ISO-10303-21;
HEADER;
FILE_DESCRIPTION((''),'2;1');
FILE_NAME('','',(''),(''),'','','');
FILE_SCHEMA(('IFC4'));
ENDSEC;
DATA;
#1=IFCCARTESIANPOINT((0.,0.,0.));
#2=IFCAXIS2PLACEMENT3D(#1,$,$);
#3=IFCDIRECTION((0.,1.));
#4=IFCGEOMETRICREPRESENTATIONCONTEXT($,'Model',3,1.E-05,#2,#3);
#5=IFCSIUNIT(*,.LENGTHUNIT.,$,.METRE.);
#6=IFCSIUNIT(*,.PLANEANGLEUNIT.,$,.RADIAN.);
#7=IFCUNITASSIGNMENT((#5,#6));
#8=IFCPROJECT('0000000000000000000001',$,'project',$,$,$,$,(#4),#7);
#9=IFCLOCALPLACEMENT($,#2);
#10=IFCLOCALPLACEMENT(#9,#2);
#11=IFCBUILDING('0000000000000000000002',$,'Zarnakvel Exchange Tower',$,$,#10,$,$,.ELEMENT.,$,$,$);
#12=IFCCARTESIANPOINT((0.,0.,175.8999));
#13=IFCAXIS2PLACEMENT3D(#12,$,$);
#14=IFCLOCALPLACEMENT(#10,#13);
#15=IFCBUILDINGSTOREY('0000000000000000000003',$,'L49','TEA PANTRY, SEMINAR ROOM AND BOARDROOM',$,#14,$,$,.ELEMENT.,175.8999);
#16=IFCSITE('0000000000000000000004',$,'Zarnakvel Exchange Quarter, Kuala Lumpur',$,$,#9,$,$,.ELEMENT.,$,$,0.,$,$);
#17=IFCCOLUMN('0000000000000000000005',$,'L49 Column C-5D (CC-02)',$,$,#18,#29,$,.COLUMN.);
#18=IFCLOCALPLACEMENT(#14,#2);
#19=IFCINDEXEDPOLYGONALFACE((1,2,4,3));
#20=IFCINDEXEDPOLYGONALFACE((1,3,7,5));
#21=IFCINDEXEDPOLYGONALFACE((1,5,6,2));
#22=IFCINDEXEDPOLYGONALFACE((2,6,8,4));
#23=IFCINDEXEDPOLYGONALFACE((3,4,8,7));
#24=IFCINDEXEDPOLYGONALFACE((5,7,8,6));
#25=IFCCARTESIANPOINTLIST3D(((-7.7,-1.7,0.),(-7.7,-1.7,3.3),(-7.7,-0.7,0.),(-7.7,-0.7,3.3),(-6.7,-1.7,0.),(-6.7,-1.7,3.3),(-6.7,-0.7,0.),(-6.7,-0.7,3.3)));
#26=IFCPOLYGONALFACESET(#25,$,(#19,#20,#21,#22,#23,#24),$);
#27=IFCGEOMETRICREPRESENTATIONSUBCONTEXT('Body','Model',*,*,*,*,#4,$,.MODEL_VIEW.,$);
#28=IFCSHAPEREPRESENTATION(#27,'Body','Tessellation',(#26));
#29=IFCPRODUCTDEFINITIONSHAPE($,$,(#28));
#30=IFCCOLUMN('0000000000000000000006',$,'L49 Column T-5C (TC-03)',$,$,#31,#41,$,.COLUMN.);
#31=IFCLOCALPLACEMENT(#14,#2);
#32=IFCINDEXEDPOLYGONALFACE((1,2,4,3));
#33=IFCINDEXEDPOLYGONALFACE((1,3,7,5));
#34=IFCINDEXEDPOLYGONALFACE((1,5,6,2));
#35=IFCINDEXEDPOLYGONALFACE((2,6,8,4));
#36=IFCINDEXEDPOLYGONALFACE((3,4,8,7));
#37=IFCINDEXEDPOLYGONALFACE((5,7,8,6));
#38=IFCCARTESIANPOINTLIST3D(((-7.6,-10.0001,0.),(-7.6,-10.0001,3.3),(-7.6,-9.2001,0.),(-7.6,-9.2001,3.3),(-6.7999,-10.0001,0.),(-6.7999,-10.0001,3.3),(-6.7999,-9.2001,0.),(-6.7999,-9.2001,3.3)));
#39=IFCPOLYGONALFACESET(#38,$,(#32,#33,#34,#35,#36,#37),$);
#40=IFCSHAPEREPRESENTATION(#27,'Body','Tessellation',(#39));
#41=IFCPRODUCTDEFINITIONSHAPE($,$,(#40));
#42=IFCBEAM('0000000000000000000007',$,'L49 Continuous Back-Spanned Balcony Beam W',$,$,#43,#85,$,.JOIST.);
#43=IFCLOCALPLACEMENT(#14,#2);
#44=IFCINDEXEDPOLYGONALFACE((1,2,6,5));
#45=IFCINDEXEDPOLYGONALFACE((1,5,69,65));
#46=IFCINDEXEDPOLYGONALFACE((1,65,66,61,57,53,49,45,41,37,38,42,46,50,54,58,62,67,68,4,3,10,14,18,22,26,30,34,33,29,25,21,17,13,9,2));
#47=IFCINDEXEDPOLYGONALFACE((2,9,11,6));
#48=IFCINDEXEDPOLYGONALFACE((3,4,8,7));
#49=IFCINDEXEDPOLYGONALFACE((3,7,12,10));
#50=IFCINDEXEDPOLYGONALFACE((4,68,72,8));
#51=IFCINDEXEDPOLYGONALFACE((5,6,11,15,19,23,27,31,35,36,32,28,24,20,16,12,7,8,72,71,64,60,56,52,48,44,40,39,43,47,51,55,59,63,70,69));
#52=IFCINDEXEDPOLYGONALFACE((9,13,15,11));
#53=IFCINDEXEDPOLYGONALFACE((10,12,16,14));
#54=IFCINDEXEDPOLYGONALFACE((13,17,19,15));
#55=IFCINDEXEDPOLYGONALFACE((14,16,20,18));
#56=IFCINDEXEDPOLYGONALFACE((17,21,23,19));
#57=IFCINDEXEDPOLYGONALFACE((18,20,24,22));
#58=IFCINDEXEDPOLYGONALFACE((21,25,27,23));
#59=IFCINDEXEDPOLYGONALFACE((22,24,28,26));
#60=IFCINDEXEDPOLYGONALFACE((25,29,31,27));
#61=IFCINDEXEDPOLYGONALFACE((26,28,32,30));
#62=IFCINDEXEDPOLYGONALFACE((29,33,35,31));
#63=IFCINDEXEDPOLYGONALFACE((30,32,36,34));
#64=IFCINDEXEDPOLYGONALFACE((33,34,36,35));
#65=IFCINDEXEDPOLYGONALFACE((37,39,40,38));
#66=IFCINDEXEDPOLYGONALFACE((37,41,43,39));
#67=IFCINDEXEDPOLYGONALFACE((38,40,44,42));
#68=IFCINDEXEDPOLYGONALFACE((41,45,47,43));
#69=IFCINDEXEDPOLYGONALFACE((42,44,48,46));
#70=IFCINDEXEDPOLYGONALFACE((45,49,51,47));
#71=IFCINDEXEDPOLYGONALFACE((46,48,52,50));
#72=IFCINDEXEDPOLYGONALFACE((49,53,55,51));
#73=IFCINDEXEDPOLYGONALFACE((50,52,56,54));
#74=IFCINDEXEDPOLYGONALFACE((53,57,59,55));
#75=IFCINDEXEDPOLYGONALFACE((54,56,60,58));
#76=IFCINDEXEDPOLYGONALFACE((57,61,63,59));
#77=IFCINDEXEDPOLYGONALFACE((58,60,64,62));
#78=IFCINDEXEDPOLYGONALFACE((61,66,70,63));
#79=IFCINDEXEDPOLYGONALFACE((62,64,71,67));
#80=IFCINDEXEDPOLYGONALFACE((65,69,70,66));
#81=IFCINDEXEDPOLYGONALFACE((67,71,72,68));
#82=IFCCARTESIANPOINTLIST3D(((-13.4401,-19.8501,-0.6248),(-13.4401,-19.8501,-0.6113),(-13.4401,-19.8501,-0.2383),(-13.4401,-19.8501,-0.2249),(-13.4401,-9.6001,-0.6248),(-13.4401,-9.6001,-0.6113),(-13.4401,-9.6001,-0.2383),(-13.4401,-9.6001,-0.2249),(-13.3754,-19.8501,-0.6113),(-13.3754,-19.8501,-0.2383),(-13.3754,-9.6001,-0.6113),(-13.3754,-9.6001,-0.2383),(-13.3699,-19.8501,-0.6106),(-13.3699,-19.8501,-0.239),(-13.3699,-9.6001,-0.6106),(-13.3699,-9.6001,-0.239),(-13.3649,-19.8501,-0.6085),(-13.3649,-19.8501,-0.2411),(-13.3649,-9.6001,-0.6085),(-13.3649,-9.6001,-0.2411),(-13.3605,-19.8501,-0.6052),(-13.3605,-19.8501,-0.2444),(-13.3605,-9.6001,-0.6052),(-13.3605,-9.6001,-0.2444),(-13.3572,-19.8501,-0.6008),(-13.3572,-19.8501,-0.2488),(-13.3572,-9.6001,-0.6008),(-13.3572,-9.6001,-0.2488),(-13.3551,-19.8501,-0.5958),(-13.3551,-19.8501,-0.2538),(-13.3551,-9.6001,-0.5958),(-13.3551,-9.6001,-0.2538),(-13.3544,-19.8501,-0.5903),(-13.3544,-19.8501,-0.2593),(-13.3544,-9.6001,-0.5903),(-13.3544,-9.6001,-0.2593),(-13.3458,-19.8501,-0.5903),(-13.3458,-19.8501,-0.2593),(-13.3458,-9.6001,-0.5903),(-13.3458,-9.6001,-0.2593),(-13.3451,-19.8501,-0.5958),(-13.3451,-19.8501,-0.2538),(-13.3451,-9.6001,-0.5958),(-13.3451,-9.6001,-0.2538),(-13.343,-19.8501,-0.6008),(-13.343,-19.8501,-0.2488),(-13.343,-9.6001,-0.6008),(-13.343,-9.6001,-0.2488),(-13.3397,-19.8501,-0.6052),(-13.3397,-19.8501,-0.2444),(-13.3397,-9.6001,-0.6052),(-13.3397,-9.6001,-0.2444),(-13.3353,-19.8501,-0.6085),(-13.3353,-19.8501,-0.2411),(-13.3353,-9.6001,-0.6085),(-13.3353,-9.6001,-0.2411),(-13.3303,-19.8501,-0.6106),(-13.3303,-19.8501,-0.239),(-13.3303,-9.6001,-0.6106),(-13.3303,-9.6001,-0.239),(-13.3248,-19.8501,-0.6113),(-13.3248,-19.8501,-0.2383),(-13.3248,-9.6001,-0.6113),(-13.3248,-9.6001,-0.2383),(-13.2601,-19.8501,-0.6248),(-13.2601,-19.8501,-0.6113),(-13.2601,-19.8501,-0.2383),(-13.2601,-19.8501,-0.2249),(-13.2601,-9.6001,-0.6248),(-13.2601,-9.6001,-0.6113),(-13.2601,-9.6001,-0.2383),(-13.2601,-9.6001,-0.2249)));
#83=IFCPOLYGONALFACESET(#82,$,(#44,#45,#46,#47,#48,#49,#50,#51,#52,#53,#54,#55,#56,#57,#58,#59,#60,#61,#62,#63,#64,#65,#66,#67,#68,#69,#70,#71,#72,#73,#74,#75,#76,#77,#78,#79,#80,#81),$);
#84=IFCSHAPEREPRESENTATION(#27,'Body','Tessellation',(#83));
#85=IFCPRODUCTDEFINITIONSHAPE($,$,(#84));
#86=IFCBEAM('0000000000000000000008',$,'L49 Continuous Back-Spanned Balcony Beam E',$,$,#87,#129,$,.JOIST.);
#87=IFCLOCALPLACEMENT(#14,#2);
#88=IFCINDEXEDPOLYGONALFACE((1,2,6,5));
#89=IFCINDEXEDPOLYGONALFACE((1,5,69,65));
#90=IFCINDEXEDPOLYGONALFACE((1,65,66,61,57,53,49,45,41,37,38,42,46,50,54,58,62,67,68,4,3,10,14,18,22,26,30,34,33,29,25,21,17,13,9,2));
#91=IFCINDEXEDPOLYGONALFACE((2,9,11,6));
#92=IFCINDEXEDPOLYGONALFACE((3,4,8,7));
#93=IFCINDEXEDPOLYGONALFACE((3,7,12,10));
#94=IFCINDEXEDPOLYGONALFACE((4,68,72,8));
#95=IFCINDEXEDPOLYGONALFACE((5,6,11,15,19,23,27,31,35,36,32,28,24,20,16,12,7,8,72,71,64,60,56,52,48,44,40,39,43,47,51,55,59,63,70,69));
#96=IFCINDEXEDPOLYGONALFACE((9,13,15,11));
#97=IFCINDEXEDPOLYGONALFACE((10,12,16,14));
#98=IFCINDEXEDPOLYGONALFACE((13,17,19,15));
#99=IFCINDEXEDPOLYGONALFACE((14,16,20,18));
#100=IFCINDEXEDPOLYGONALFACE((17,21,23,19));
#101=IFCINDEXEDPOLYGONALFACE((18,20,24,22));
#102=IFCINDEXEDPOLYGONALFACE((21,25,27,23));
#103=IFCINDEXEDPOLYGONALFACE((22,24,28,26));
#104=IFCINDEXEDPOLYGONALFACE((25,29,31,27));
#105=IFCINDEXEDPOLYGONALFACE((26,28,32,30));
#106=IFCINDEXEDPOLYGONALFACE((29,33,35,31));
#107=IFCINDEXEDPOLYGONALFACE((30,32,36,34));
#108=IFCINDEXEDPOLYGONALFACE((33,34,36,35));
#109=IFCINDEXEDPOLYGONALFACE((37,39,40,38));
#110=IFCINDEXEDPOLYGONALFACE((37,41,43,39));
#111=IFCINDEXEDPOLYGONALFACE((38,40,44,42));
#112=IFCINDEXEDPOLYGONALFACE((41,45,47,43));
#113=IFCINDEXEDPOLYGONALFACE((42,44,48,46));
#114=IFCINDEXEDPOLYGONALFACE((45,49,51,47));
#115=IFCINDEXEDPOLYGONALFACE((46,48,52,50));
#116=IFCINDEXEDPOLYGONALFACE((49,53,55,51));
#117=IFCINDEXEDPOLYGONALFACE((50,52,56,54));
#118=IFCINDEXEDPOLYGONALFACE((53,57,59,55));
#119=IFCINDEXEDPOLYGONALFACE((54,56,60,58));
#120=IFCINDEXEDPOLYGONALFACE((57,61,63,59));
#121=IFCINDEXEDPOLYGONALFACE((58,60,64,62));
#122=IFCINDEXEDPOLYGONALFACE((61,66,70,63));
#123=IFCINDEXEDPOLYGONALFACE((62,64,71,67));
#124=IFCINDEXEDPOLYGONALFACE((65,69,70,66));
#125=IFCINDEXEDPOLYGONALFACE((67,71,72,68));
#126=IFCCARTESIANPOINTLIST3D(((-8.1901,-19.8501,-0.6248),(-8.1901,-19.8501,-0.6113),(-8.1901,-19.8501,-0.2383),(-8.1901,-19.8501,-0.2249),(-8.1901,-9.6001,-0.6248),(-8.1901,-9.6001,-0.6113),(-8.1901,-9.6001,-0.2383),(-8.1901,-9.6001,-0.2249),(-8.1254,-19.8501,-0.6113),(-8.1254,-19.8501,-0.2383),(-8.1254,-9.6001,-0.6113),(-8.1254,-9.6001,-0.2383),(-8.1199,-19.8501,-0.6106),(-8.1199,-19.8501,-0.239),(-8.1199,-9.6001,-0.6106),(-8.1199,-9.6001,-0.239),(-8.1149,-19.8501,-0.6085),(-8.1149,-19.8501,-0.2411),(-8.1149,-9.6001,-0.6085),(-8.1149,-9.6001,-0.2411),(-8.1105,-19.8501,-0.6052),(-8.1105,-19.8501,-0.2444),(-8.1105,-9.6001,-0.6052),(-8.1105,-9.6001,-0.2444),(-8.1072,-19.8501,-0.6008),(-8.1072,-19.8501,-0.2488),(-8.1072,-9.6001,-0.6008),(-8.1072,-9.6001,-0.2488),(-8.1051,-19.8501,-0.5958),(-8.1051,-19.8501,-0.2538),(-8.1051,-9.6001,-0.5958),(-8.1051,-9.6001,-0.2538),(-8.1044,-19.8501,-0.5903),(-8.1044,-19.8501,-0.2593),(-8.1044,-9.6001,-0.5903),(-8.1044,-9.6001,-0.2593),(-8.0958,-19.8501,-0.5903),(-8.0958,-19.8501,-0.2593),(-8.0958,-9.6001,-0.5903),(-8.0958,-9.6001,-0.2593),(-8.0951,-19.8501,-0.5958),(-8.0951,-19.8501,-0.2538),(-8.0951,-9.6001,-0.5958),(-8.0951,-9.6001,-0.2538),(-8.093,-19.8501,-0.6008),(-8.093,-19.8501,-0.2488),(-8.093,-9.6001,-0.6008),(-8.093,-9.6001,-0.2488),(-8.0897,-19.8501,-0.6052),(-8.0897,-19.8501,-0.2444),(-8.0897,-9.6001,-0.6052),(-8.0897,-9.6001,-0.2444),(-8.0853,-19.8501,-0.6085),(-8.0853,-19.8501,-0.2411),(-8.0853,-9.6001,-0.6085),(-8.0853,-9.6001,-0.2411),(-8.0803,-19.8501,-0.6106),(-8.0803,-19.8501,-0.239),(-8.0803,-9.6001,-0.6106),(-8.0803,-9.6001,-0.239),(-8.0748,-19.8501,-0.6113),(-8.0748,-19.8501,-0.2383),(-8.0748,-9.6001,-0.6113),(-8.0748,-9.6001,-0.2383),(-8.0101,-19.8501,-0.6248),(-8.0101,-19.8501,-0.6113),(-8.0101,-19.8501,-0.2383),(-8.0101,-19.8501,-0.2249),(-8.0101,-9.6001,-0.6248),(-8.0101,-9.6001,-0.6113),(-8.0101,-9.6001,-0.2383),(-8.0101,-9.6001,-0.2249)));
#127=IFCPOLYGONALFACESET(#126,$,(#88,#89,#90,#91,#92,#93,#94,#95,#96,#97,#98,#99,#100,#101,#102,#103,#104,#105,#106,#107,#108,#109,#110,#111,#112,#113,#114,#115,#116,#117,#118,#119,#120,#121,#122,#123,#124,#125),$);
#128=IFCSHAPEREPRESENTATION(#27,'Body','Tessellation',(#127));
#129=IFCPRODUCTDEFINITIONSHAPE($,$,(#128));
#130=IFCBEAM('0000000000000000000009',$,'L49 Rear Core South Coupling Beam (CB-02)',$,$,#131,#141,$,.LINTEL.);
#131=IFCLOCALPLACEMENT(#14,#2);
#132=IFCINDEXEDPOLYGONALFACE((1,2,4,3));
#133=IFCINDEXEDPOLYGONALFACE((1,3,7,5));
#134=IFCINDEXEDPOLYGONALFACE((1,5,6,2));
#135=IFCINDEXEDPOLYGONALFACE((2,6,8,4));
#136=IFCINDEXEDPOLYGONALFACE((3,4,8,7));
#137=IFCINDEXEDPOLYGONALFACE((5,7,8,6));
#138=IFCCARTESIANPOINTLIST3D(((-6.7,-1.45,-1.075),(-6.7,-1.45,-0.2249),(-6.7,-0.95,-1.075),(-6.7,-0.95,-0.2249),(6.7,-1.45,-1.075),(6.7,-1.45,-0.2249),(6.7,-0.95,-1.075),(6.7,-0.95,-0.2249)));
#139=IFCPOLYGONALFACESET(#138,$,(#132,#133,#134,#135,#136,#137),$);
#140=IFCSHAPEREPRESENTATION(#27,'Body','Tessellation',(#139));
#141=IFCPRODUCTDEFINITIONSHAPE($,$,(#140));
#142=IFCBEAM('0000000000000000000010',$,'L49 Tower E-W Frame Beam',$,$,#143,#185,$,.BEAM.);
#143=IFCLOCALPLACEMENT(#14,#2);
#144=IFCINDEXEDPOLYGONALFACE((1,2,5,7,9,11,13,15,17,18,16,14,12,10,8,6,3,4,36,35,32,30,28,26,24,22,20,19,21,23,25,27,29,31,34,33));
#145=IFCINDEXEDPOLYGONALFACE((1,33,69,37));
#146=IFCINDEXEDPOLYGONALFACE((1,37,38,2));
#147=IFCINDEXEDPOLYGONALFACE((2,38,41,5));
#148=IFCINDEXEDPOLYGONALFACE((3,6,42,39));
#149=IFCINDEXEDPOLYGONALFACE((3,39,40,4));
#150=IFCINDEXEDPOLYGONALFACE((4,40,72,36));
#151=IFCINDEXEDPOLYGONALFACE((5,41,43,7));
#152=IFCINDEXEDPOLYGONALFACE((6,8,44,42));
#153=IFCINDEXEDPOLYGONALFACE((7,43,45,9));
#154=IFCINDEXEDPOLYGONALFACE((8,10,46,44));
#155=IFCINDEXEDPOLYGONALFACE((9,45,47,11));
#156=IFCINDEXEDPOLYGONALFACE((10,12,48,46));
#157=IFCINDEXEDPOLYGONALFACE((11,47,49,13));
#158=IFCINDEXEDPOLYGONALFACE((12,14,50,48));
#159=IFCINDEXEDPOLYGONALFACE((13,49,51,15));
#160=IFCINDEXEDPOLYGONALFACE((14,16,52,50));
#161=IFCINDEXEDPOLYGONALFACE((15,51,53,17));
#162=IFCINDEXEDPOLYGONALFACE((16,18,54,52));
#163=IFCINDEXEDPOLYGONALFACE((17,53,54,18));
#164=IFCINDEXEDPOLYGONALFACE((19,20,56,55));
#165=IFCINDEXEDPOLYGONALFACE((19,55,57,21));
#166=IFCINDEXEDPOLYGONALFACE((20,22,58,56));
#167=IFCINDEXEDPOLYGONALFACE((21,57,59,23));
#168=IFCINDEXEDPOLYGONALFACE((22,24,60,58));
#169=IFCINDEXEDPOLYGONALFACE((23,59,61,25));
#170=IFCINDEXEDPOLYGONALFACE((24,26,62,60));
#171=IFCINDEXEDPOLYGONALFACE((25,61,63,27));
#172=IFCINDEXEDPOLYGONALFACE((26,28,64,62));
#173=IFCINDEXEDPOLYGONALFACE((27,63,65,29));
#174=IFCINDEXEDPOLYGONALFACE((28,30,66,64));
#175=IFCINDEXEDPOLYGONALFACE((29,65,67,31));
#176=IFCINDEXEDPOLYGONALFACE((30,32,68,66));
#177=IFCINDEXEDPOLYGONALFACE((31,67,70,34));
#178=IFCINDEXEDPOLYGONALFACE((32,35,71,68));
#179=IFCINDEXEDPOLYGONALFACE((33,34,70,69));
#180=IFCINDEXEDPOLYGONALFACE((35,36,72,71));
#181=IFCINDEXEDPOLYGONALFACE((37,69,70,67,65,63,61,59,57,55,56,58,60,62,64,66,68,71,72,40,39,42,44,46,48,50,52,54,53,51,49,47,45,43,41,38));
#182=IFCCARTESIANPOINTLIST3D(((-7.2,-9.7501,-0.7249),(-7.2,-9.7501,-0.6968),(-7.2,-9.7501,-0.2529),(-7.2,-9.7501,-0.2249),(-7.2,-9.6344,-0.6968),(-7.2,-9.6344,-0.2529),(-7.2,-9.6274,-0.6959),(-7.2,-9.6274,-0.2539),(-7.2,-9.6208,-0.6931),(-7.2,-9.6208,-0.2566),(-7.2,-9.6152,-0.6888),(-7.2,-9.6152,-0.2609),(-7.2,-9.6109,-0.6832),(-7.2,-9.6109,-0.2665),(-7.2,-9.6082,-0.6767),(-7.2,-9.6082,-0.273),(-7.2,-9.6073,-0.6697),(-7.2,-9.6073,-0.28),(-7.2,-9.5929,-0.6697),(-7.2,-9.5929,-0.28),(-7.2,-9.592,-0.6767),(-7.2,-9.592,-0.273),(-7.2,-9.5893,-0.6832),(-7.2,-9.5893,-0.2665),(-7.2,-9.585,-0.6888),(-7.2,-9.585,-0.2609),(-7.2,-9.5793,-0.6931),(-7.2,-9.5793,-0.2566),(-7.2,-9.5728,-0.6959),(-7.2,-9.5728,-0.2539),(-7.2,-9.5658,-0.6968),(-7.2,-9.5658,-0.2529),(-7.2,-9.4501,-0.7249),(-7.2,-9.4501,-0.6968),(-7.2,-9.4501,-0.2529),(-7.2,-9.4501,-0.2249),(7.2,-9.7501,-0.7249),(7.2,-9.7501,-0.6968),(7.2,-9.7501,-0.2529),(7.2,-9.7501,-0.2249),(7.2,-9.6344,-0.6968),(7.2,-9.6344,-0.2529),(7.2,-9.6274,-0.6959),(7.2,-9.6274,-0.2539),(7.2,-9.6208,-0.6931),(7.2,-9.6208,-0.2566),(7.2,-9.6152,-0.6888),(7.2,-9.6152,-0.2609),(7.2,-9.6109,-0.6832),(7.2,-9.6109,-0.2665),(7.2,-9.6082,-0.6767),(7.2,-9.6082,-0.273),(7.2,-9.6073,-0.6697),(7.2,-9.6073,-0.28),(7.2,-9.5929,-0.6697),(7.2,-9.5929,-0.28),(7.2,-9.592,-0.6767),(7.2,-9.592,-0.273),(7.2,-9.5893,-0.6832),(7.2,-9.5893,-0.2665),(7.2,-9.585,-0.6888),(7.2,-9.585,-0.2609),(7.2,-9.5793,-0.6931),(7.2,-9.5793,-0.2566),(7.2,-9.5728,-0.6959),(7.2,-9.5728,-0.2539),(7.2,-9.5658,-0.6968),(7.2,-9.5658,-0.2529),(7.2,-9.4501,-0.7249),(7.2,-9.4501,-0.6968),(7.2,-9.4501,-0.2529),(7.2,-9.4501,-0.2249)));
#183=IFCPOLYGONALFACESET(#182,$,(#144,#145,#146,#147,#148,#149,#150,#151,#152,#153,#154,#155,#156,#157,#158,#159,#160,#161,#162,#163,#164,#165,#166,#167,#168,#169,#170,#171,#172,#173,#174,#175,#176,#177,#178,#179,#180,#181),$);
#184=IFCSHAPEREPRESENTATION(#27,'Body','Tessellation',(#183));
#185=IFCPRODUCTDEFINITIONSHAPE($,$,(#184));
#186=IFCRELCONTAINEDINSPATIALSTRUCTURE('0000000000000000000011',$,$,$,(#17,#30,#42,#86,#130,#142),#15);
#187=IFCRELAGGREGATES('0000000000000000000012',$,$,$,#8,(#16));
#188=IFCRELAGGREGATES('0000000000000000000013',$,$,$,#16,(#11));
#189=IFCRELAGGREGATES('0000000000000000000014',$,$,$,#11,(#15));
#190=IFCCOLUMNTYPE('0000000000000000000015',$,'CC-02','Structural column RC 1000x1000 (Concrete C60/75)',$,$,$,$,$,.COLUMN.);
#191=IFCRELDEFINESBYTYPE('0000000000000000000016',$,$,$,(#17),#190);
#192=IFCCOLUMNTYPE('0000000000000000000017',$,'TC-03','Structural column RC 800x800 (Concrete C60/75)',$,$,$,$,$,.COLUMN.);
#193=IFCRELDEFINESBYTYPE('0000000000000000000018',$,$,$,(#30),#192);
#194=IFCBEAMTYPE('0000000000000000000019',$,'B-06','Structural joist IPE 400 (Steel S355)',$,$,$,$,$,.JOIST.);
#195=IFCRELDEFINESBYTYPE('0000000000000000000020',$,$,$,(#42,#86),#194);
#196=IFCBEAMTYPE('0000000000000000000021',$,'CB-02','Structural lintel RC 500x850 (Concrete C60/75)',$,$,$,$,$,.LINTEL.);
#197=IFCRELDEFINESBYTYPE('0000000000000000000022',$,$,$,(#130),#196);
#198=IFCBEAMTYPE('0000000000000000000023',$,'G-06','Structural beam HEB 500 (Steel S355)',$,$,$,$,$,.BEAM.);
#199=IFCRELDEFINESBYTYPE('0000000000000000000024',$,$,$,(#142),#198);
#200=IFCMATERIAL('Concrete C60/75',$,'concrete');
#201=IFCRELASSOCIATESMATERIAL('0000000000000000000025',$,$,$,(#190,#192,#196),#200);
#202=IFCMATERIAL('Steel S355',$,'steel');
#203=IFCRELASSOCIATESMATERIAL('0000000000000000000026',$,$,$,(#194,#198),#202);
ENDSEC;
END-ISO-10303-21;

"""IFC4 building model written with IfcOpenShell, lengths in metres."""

from ifc_helpers import new_model, si_unit, direction, frame, origin, origin_2d, place, context, subcontext, project, spatial, rectangle, i_section, extrude, material, material_profile, profile_set, type_object, element, save


model = new_model("IFC4")

# Units and contexts
model_context = context("Model", 3, precision=1e-05, world=origin(), true_north=direction((0.0, 1.0)))
body_context = subcontext(model_context, "Body", "Model", "MODEL_VIEW")
ifc_project = project(units=[si_unit("LENGTHUNIT", "METRE"), si_unit("PLANEANGLEUNIT", "RADIAN")], contexts=[model_context])

# Site, building, storey
site_placement = place(None, origin())
site = spatial("IfcSite", under=ifc_project, at=site_placement, Name="Zarnakvel Exchange Quarter, Kuala Lumpur", CompositionType="ELEMENT", RefElevation=0.0)
building_placement = place(site_placement, origin())
building = spatial("IfcBuilding", under=site, at=building_placement, Name="Zarnakvel Exchange Tower", CompositionType="ELEMENT")
storey_placement = place(building_placement, frame((0.0, 0.0, 175.8999)))
storey = spatial("IfcBuildingStorey", under=building, at=storey_placement, Name="L49", Description="TEA PANTRY, SEMINAR ROOM AND BOARDROOM", CompositionType="ELEMENT", Elevation=175.8999)

# Columns
ifc_material_1 = material(Name="Concrete C60/75", Category="concrete")
ifc_material_profile_1 = material_profile(ifc_material_1, rectangle(XDim=1.0, YDim=1.0, at=origin_2d()))
ifc_profile_set_1 = profile_set([ifc_material_profile_1], Name="Concrete C60/75")
column_type_1 = type_object("IfcColumnType", Name="CC-02", Description="Structural column RC 1000x1000 (Concrete C60/75)", PredefinedType="COLUMN", material=ifc_profile_set_1)
column_1_placement = place(storey_placement, frame((-7.2, -1.2, 0.0), z_axis=(0.0, 0.0, 1.0), x_axis=(1.0, 0.0, 0.0)))
element("IfcColumn", 1, at=column_1_placement, inside=storey, type_object=column_type_1, Name="L49 Column C-5D (CC-02)", PredefinedType="COLUMN", context=body_context, shape_type="SweptSolid", body=[
    extrude(rectangle(XDim=1.0, YDim=1.0, at=origin_2d()), origin(), (0.0, 0.0, 1.0), 3.3),
])
ifc_material_profile_2 = material_profile(ifc_material_1, rectangle(XDim=0.8, YDim=0.8, at=origin_2d()))
ifc_profile_set_2 = profile_set([ifc_material_profile_2], Name="Concrete C60/75")
column_type_2 = type_object("IfcColumnType", Name="TC-03", Description="Structural column RC 800x800 (Concrete C60/75)", PredefinedType="COLUMN", material=ifc_profile_set_2)
column_2_placement = place(storey_placement, frame((-7.2, -9.6001, 0.0), z_axis=(0.0, 0.0, 1.0), x_axis=(1.0, 0.0, 0.0)))
element("IfcColumn", 2, at=column_2_placement, inside=storey, type_object=column_type_2, Name="L49 Column T-5C (TC-03)", PredefinedType="COLUMN", context=body_context, shape_type="SweptSolid", body=[
    extrude(rectangle(XDim=0.8, YDim=0.8, at=origin_2d()), origin(), (0.0, 0.0, 1.0), 3.3),
])

# Beams
ifc_material_2 = material(Name="Steel S355", Category="steel")
ifc_material_profile_3 = material_profile(ifc_material_2, i_section(OverallWidth=0.1799, OverallDepth=0.3999, WebThickness=0.0085, FlangeThickness=0.0134, FilletRadius=0.021, at=origin_2d()))
ifc_profile_set_3 = profile_set([ifc_material_profile_3], Name="Steel S355")
beam_type_1 = type_object("IfcBeamType", Name="B-06", Description="Structural joist IPE 400 (Steel S355)", PredefinedType="JOIST", material=ifc_profile_set_3)
for number, where, z_axis, x_axis, name in (
    (3, (-13.3501, -9.6001, -0.4248), (0.0, -1.0, 0.0), (1.0, 0.0, 0.0), "L49 Continuous Back-Spanned Balcony Beam W"),
    (4, (-8.1001, -9.6001, -0.4248), (0.0, -1.0, 0.0), (1.0, 0.0, 0.0), "L49 Continuous Back-Spanned Balcony Beam E"),
):
    element("IfcBeam", number, at=place(storey_placement, frame(where, z_axis=z_axis, x_axis=x_axis)), inside=storey, type_object=beam_type_1, Name=name, PredefinedType="JOIST", context=body_context, shape_type="SweptSolid", body=[
        extrude(i_section(OverallWidth=0.1799, OverallDepth=0.3999, WebThickness=0.0085, FlangeThickness=0.0134, FilletRadius=0.021, at=origin_2d()), origin(), (0.0, 0.0, 1.0), 10.25),
    ])
ifc_material_profile_4 = material_profile(ifc_material_1, rectangle(XDim=0.5, YDim=0.8501, at=origin_2d()))
ifc_profile_set_4 = profile_set([ifc_material_profile_4], Name="Concrete C60/75")
beam_type_2 = type_object("IfcBeamType", Name="CB-02", Description="Structural lintel RC 500x850 (Concrete C60/75)", PredefinedType="LINTEL", material=ifc_profile_set_4)
beam_1_placement = place(storey_placement, frame((-6.7, -1.2, -0.6499), z_axis=(1.0, 0.0, 0.0), x_axis=(0.0, 1.0, 0.0)))
element("IfcBeam", 5, at=beam_1_placement, inside=storey, type_object=beam_type_2, Name="L49 Rear Core South Coupling Beam (CB-02)", PredefinedType="LINTEL", context=body_context, shape_type="SweptSolid", body=[
    extrude(rectangle(XDim=0.5, YDim=0.8501, at=origin_2d()), origin(), (0.0, 0.0, 1.0), 13.3999),
])
ifc_material_profile_5 = material_profile(ifc_material_2, i_section(OverallWidth=0.3, OverallDepth=0.5, WebThickness=0.0144, FlangeThickness=0.0281, FilletRadius=0.0271, at=origin_2d()))
ifc_profile_set_5 = profile_set([ifc_material_profile_5], Name="Steel S355")
beam_type_3 = type_object("IfcBeamType", Name="G-06", Description="Structural beam HEB 500 (Steel S355)", PredefinedType="BEAM", material=ifc_profile_set_5)
beam_2_placement = place(storey_placement, frame((-7.2, -9.6001, -0.4749), z_axis=(1.0, 0.0, 0.0), x_axis=(0.0, 1.0, 0.0)))
element("IfcBeam", 6, at=beam_2_placement, inside=storey, type_object=beam_type_3, Name="L49 Tower E-W Frame Beam", PredefinedType="BEAM", context=body_context, shape_type="SweptSolid", body=[
    extrude(i_section(OverallWidth=0.3, OverallDepth=0.5, WebThickness=0.0144, FlangeThickness=0.0281, FilletRadius=0.0271, at=origin_2d()), origin(), (0.0, 0.0, 1.0), 14.3999),
])

save(model, "model.ifc")
